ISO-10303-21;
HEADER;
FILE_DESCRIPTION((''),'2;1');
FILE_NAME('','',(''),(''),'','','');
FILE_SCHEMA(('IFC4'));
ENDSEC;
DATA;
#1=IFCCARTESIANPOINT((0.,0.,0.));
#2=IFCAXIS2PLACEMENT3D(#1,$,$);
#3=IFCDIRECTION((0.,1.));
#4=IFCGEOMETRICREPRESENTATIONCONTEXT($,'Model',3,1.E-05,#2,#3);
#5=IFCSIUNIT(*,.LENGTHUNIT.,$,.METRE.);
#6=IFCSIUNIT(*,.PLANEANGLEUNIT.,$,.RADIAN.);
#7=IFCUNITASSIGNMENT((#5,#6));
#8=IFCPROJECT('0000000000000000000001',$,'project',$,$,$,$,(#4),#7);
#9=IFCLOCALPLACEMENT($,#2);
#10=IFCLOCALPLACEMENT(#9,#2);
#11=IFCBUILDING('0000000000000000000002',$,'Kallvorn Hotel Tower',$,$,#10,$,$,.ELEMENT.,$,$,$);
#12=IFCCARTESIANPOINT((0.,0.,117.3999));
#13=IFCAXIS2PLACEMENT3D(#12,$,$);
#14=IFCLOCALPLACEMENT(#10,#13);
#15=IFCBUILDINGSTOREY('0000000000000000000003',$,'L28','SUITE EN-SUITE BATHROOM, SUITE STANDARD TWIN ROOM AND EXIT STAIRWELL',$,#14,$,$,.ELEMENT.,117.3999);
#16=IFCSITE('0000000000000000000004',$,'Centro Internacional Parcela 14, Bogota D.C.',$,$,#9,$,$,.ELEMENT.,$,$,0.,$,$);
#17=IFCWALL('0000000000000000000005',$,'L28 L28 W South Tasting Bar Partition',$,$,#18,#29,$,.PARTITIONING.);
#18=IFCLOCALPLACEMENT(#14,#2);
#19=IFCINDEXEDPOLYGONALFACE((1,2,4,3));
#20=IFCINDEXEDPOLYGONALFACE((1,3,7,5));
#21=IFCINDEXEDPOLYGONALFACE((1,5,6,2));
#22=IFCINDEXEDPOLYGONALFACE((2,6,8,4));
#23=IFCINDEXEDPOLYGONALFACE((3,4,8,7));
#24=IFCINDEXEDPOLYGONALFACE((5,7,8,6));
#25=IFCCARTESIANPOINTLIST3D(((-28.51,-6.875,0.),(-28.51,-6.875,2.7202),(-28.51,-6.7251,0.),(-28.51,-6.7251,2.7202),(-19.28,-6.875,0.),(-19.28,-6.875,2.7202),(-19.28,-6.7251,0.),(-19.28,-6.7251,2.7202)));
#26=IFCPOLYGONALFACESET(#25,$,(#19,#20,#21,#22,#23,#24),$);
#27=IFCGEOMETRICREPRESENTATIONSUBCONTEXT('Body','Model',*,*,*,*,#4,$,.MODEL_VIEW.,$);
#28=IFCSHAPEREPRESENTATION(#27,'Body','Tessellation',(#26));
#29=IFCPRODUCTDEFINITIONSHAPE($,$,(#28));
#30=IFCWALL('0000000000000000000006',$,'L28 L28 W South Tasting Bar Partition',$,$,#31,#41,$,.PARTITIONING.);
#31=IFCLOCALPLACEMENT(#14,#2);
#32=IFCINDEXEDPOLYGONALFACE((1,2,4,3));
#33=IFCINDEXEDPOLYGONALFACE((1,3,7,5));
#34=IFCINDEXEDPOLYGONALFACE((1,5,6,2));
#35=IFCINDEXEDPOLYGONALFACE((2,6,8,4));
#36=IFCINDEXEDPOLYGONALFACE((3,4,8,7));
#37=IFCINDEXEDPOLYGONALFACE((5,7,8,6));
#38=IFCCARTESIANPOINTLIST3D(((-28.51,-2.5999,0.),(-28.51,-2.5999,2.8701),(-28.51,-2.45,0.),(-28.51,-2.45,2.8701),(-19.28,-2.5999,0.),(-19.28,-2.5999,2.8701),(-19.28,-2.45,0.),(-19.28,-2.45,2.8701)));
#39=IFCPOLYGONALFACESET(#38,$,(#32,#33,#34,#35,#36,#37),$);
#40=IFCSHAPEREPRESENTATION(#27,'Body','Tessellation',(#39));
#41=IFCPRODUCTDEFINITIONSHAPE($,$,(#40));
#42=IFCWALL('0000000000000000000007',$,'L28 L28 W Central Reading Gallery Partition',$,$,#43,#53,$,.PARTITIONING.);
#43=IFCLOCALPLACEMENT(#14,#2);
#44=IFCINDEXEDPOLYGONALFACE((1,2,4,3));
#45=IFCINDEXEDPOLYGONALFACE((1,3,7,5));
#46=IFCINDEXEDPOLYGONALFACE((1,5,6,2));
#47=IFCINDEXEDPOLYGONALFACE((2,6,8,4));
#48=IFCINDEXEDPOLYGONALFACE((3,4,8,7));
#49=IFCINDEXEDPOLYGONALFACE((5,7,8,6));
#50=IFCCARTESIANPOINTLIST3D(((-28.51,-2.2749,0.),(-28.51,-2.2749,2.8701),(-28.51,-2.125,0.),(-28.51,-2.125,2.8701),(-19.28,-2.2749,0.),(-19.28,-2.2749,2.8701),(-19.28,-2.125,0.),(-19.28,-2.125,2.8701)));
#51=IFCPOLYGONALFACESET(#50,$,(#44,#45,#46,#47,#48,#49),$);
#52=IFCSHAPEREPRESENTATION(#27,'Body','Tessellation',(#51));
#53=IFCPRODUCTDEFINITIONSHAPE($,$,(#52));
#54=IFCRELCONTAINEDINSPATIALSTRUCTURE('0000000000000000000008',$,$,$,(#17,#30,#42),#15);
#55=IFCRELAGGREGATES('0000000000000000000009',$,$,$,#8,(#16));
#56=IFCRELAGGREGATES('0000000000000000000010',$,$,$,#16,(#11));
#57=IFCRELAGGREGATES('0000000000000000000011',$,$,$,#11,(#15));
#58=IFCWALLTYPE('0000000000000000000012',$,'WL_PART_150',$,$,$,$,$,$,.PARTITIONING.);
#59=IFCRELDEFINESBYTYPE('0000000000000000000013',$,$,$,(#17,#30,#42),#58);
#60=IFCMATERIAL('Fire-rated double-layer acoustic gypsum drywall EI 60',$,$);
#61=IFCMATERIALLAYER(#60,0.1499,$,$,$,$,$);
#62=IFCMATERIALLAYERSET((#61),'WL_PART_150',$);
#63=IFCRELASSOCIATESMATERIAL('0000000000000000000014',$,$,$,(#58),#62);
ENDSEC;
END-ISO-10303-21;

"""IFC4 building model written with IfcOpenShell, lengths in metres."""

from ifc_helpers import new_model, si_unit, direction, frame, frame_2d, origin, place, context, subcontext, project, spatial, rectangle, extrude, material, layer, layer_set, type_object, element, save


model = new_model("IFC4")

# Units and contexts
model_context = context("Model", 3, precision=1e-05, world=origin(), true_north=direction((0.0, 1.0)))
body_context = subcontext(model_context, "Body", "Model", "MODEL_VIEW")
ifc_project = project(units=[si_unit("LENGTHUNIT", "METRE"), si_unit("PLANEANGLEUNIT", "RADIAN")], contexts=[model_context])

# Site, building, storey
site_placement = place(None, origin())
site = spatial("IfcSite", under=ifc_project, at=site_placement, Name="Centro Internacional Parcela 14, Bogota D.C.", CompositionType="ELEMENT", RefElevation=0.0)
building_placement = place(site_placement, origin())
building = spatial("IfcBuilding", under=site, at=building_placement, Name="Kallvorn Hotel Tower", CompositionType="ELEMENT")
storey_placement = place(building_placement, frame((0.0, 0.0, 117.3999)))
storey = spatial("IfcBuildingStorey", under=building, at=storey_placement, Name="L28", Description="SUITE EN-SUITE BATHROOM, SUITE STANDARD TWIN ROOM AND EXIT STAIRWELL", CompositionType="ELEMENT", Elevation=117.3999)

# Walls
ifc_material_1 = material(Name="Fire-rated double-layer acoustic gypsum drywall EI 60")
ifc_layer_1 = layer(ifc_material_1, 0.1499)
ifc_layer_set_1 = layer_set([ifc_layer_1], Name="WL_PART_150")
wall_type_1 = type_object("IfcWallType", Name="WL_PART_150", PredefinedType="PARTITIONING", material=ifc_layer_set_1)
wall_1_placement = place(storey_placement, frame((-28.51, -6.8, 0.0), z_axis=(0.0, 0.0, 1.0), x_axis=(1.0, 0.0, 0.0)))
element("IfcWall", 1, at=wall_1_placement, inside=storey, type_object=wall_type_1, Name="L28 L28 W South Tasting Bar Partition", PredefinedType="PARTITIONING", context=body_context, shape_type="SweptSolid", body=[
    extrude(rectangle(XDim=9.23, YDim=0.1499, at=frame_2d((4.615, 0.0))), origin(), (0.0, 0.0, 1.0), 2.7202),
])
for number, where, z_axis, x_axis, name in (
    (2, (-28.51, -2.5249, 0.0), (0.0, 0.0, 1.0), (1.0, 0.0, 0.0), "L28 L28 W South Tasting Bar Partition"),
    (3, (-28.51, -2.2, 0.0), (0.0, 0.0, 1.0), (1.0, 0.0, 0.0), "L28 L28 W Central Reading Gallery Partition"),
):
    element("IfcWall", number, at=place(storey_placement, frame(where, z_axis=z_axis, x_axis=x_axis)), inside=storey, type_object=wall_type_1, Name=name, PredefinedType="PARTITIONING", context=body_context, shape_type="SweptSolid", body=[
        extrude(rectangle(XDim=9.23, YDim=0.1499, at=frame_2d((4.615, 0.0))), origin(), (0.0, 0.0, 1.0), 2.8701),
    ])

save(model, "model.ifc")
